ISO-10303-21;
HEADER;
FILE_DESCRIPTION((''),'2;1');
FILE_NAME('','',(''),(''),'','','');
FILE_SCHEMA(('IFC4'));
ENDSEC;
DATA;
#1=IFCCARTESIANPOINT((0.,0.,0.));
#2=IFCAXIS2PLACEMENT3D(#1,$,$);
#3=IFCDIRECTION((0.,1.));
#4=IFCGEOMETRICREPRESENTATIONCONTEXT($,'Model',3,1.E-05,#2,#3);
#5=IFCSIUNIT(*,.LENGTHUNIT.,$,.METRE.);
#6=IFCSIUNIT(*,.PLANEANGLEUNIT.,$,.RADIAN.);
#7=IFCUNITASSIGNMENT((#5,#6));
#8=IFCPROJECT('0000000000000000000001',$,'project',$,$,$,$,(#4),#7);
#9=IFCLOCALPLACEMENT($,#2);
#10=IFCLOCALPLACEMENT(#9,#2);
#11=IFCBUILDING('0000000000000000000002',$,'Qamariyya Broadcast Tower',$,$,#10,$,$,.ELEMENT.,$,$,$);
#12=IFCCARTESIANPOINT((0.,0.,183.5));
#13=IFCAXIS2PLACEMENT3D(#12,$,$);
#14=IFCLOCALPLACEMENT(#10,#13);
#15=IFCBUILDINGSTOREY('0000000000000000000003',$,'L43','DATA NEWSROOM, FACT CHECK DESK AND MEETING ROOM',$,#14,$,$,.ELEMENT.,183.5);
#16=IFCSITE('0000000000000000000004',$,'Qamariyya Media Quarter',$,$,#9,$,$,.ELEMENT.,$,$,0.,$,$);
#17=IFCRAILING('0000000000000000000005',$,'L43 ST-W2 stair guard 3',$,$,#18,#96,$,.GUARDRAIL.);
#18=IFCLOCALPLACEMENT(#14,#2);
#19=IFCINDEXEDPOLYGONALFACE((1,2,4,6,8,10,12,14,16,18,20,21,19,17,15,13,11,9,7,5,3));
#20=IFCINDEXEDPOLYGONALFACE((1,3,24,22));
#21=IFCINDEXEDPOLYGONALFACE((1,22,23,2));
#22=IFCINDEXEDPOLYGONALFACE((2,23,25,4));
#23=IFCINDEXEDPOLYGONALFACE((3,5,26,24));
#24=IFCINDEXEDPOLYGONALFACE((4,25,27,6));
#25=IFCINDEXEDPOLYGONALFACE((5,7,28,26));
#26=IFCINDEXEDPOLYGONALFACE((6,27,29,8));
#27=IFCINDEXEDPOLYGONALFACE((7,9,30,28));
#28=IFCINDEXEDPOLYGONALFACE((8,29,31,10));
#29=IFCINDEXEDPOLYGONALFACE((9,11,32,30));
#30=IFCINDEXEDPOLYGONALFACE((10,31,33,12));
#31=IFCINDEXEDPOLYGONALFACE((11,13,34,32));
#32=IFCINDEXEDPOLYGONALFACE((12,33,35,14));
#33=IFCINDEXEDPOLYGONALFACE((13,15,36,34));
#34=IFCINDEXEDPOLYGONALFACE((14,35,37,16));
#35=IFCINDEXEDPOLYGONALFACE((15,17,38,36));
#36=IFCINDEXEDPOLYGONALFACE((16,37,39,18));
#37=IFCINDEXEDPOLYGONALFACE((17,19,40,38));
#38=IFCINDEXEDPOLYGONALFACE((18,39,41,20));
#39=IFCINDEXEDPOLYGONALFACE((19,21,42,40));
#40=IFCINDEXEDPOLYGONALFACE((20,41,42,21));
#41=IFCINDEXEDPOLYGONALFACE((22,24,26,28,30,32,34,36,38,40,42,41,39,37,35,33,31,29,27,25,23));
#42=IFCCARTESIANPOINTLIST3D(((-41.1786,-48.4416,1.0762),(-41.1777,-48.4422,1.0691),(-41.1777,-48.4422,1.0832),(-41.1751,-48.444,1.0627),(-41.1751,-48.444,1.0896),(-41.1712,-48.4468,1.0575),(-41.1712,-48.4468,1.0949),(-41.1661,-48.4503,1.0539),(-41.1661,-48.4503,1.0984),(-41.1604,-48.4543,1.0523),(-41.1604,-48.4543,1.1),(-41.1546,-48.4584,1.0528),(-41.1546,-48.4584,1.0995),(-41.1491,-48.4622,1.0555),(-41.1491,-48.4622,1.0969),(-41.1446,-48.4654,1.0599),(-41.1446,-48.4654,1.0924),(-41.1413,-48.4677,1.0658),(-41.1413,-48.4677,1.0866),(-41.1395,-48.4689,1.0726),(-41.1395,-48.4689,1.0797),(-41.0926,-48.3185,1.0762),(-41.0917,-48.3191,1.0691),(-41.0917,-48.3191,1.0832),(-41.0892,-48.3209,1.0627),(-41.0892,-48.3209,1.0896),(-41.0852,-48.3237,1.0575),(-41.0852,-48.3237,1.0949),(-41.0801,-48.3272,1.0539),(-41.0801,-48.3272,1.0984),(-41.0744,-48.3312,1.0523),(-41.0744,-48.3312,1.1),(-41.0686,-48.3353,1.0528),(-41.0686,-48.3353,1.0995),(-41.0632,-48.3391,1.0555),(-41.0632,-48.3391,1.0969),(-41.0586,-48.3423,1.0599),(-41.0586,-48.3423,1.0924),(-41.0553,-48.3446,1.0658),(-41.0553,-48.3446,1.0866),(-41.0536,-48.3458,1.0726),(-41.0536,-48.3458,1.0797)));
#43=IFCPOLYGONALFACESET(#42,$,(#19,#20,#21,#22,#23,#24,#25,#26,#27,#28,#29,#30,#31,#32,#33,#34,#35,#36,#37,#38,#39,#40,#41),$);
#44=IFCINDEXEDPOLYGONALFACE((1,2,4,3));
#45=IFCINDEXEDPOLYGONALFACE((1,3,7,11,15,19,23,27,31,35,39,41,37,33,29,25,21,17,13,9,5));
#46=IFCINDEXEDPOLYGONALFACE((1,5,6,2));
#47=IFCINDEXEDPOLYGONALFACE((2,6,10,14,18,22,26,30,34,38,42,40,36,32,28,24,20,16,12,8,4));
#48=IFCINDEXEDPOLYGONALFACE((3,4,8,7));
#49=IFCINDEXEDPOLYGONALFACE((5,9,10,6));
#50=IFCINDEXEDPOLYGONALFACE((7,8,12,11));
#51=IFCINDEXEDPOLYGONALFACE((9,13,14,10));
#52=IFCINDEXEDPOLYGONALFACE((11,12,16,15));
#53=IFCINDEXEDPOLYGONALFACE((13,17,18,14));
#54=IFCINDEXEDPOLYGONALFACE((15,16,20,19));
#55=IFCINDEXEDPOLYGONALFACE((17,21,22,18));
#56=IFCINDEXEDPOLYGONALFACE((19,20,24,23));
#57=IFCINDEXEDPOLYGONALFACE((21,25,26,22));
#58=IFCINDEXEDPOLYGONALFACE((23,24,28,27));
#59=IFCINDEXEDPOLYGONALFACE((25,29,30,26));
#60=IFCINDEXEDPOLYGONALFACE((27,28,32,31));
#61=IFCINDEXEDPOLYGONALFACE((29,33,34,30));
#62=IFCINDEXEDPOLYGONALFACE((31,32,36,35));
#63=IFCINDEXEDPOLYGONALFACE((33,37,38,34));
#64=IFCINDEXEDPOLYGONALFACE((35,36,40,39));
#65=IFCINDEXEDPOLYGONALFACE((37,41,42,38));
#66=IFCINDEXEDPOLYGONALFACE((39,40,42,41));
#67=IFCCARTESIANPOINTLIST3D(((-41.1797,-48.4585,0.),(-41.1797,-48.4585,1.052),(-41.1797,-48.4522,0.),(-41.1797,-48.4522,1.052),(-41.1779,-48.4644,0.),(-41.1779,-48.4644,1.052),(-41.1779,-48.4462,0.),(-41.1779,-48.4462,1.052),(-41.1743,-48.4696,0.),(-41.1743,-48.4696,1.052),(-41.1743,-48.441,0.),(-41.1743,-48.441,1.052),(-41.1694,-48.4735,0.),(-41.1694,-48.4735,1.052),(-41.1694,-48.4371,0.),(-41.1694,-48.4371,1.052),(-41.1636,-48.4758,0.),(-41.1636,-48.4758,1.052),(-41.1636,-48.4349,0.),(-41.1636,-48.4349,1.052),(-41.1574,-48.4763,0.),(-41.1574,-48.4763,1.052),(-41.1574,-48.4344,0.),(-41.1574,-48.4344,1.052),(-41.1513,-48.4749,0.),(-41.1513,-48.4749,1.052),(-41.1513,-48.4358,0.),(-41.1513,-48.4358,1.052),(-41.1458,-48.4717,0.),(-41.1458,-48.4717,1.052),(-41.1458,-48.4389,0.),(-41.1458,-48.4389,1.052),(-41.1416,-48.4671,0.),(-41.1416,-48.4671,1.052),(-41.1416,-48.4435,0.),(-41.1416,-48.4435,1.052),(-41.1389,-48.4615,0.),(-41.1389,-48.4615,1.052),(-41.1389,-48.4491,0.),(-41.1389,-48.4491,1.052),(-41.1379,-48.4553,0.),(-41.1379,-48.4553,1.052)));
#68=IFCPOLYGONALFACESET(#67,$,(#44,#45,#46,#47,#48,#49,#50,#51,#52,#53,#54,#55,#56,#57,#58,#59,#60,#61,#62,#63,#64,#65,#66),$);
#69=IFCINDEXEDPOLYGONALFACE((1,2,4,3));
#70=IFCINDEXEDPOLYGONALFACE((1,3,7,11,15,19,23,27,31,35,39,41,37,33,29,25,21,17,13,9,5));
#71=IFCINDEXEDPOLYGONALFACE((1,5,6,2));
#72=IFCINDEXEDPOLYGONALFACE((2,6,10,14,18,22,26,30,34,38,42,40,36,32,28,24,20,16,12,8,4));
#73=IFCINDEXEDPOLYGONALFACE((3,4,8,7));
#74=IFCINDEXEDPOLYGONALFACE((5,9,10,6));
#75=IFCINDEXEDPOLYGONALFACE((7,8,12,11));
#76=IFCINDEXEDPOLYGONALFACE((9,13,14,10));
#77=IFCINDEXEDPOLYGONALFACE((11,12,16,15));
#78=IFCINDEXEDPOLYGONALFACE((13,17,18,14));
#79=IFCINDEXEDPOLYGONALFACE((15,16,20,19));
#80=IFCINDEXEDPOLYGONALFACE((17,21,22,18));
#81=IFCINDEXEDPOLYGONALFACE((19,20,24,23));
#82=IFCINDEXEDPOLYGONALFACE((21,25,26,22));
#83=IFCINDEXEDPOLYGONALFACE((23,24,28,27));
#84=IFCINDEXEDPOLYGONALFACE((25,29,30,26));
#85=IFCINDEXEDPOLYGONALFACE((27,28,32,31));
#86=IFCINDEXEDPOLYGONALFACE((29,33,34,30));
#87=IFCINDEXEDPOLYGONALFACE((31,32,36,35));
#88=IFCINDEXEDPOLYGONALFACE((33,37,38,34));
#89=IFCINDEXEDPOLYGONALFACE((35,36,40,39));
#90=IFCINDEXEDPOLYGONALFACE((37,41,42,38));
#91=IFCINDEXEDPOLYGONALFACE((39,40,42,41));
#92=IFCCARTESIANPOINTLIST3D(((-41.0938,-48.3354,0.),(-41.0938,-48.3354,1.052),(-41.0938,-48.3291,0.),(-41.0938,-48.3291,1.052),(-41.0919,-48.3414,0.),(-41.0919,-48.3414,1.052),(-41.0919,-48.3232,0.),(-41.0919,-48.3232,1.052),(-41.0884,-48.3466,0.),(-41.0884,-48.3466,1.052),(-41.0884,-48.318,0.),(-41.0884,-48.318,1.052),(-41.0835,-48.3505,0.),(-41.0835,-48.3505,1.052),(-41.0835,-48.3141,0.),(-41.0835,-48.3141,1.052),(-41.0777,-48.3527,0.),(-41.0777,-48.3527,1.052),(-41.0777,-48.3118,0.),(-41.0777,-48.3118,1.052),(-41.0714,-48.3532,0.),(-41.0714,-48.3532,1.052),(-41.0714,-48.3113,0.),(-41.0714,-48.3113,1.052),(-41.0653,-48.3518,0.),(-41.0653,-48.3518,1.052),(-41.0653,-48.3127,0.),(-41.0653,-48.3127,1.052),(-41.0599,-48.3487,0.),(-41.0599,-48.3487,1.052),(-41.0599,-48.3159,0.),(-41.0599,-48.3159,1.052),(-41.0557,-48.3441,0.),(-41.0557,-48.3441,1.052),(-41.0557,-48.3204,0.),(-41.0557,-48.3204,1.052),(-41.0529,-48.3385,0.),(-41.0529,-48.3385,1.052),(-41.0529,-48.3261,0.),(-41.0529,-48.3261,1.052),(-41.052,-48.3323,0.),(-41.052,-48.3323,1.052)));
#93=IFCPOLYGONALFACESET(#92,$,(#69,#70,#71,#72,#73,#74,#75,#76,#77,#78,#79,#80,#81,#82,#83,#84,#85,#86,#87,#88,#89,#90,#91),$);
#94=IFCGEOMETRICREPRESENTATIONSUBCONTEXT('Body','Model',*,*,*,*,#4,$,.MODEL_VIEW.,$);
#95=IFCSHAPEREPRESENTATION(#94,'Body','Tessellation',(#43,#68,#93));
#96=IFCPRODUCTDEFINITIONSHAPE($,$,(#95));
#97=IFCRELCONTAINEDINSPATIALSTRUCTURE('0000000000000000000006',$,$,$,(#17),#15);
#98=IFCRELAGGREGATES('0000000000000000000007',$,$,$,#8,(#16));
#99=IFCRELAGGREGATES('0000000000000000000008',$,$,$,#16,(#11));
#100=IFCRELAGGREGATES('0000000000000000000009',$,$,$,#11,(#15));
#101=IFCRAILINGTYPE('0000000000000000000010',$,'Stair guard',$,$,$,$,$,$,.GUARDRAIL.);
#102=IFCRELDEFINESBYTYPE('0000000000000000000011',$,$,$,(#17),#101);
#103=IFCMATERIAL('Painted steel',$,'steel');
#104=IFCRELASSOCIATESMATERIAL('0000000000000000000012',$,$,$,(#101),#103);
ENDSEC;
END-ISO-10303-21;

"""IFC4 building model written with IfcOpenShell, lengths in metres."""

from ifc_helpers import new_model, si_unit, direction, frame, origin, origin_2d, place, context, subcontext, project, spatial, circle, extrude, material, type_object, element, save


model = new_model("IFC4")

# Units and contexts
model_context = context("Model", 3, precision=1e-05, world=origin(), true_north=direction((0.0, 1.0)))
body_context = subcontext(model_context, "Body", "Model", "MODEL_VIEW")
ifc_project = project(units=[si_unit("LENGTHUNIT", "METRE"), si_unit("PLANEANGLEUNIT", "RADIAN")], contexts=[model_context])

# Site, building, storey
site_placement = place(None, origin())
site = spatial("IfcSite", under=ifc_project, at=site_placement, Name="Qamariyya Media Quarter", CompositionType="ELEMENT", RefElevation=0.0)
building_placement = place(site_placement, origin())
building = spatial("IfcBuilding", under=site, at=building_placement, Name="Qamariyya Broadcast Tower", CompositionType="ELEMENT")
storey_placement = place(building_placement, frame((0.0, 0.0, 183.5)))
storey = spatial("IfcBuildingStorey", under=building, at=storey_placement, Name="L43", Description="DATA NEWSROOM, FACT CHECK DESK AND MEETING ROOM", CompositionType="ELEMENT", Elevation=183.5)

# Railing
ifc_material_1 = material(Name="Painted steel", Category="steel")
railing_type_1 = type_object("IfcRailingType", Name="Stair guard", PredefinedType="GUARDRAIL", material=ifc_material_1)
railing_1_placement = place(storey_placement, frame((-41.1589, -48.4553, 0.0)))
element("IfcRailing", 1, at=railing_1_placement, inside=storey, type_object=railing_type_1, Name="L43 ST-W2 stair guard 3", PredefinedType="GUARDRAIL", context=body_context, shape_type="SweptSolid", body=[
    extrude(circle(Radius=0.0239, at=origin_2d()), frame((0.0, 0.0, 1.0762), z_axis=(0.572589, 0.819843, 0.0), x_axis=(-0.819843, 0.572589, 0.0)), (0.0, 0.0, 1.0), 0.1501),
    extrude(circle(Radius=0.021, at=origin_2d()), origin(), (0.0, 0.0, 1.0), 1.052),
    extrude(circle(Radius=0.021, at=origin_2d()), frame((0.0859, 0.123, 0.0)), (0.0, 0.0, 1.0), 1.052),
])

save(model, "model.ifc")
